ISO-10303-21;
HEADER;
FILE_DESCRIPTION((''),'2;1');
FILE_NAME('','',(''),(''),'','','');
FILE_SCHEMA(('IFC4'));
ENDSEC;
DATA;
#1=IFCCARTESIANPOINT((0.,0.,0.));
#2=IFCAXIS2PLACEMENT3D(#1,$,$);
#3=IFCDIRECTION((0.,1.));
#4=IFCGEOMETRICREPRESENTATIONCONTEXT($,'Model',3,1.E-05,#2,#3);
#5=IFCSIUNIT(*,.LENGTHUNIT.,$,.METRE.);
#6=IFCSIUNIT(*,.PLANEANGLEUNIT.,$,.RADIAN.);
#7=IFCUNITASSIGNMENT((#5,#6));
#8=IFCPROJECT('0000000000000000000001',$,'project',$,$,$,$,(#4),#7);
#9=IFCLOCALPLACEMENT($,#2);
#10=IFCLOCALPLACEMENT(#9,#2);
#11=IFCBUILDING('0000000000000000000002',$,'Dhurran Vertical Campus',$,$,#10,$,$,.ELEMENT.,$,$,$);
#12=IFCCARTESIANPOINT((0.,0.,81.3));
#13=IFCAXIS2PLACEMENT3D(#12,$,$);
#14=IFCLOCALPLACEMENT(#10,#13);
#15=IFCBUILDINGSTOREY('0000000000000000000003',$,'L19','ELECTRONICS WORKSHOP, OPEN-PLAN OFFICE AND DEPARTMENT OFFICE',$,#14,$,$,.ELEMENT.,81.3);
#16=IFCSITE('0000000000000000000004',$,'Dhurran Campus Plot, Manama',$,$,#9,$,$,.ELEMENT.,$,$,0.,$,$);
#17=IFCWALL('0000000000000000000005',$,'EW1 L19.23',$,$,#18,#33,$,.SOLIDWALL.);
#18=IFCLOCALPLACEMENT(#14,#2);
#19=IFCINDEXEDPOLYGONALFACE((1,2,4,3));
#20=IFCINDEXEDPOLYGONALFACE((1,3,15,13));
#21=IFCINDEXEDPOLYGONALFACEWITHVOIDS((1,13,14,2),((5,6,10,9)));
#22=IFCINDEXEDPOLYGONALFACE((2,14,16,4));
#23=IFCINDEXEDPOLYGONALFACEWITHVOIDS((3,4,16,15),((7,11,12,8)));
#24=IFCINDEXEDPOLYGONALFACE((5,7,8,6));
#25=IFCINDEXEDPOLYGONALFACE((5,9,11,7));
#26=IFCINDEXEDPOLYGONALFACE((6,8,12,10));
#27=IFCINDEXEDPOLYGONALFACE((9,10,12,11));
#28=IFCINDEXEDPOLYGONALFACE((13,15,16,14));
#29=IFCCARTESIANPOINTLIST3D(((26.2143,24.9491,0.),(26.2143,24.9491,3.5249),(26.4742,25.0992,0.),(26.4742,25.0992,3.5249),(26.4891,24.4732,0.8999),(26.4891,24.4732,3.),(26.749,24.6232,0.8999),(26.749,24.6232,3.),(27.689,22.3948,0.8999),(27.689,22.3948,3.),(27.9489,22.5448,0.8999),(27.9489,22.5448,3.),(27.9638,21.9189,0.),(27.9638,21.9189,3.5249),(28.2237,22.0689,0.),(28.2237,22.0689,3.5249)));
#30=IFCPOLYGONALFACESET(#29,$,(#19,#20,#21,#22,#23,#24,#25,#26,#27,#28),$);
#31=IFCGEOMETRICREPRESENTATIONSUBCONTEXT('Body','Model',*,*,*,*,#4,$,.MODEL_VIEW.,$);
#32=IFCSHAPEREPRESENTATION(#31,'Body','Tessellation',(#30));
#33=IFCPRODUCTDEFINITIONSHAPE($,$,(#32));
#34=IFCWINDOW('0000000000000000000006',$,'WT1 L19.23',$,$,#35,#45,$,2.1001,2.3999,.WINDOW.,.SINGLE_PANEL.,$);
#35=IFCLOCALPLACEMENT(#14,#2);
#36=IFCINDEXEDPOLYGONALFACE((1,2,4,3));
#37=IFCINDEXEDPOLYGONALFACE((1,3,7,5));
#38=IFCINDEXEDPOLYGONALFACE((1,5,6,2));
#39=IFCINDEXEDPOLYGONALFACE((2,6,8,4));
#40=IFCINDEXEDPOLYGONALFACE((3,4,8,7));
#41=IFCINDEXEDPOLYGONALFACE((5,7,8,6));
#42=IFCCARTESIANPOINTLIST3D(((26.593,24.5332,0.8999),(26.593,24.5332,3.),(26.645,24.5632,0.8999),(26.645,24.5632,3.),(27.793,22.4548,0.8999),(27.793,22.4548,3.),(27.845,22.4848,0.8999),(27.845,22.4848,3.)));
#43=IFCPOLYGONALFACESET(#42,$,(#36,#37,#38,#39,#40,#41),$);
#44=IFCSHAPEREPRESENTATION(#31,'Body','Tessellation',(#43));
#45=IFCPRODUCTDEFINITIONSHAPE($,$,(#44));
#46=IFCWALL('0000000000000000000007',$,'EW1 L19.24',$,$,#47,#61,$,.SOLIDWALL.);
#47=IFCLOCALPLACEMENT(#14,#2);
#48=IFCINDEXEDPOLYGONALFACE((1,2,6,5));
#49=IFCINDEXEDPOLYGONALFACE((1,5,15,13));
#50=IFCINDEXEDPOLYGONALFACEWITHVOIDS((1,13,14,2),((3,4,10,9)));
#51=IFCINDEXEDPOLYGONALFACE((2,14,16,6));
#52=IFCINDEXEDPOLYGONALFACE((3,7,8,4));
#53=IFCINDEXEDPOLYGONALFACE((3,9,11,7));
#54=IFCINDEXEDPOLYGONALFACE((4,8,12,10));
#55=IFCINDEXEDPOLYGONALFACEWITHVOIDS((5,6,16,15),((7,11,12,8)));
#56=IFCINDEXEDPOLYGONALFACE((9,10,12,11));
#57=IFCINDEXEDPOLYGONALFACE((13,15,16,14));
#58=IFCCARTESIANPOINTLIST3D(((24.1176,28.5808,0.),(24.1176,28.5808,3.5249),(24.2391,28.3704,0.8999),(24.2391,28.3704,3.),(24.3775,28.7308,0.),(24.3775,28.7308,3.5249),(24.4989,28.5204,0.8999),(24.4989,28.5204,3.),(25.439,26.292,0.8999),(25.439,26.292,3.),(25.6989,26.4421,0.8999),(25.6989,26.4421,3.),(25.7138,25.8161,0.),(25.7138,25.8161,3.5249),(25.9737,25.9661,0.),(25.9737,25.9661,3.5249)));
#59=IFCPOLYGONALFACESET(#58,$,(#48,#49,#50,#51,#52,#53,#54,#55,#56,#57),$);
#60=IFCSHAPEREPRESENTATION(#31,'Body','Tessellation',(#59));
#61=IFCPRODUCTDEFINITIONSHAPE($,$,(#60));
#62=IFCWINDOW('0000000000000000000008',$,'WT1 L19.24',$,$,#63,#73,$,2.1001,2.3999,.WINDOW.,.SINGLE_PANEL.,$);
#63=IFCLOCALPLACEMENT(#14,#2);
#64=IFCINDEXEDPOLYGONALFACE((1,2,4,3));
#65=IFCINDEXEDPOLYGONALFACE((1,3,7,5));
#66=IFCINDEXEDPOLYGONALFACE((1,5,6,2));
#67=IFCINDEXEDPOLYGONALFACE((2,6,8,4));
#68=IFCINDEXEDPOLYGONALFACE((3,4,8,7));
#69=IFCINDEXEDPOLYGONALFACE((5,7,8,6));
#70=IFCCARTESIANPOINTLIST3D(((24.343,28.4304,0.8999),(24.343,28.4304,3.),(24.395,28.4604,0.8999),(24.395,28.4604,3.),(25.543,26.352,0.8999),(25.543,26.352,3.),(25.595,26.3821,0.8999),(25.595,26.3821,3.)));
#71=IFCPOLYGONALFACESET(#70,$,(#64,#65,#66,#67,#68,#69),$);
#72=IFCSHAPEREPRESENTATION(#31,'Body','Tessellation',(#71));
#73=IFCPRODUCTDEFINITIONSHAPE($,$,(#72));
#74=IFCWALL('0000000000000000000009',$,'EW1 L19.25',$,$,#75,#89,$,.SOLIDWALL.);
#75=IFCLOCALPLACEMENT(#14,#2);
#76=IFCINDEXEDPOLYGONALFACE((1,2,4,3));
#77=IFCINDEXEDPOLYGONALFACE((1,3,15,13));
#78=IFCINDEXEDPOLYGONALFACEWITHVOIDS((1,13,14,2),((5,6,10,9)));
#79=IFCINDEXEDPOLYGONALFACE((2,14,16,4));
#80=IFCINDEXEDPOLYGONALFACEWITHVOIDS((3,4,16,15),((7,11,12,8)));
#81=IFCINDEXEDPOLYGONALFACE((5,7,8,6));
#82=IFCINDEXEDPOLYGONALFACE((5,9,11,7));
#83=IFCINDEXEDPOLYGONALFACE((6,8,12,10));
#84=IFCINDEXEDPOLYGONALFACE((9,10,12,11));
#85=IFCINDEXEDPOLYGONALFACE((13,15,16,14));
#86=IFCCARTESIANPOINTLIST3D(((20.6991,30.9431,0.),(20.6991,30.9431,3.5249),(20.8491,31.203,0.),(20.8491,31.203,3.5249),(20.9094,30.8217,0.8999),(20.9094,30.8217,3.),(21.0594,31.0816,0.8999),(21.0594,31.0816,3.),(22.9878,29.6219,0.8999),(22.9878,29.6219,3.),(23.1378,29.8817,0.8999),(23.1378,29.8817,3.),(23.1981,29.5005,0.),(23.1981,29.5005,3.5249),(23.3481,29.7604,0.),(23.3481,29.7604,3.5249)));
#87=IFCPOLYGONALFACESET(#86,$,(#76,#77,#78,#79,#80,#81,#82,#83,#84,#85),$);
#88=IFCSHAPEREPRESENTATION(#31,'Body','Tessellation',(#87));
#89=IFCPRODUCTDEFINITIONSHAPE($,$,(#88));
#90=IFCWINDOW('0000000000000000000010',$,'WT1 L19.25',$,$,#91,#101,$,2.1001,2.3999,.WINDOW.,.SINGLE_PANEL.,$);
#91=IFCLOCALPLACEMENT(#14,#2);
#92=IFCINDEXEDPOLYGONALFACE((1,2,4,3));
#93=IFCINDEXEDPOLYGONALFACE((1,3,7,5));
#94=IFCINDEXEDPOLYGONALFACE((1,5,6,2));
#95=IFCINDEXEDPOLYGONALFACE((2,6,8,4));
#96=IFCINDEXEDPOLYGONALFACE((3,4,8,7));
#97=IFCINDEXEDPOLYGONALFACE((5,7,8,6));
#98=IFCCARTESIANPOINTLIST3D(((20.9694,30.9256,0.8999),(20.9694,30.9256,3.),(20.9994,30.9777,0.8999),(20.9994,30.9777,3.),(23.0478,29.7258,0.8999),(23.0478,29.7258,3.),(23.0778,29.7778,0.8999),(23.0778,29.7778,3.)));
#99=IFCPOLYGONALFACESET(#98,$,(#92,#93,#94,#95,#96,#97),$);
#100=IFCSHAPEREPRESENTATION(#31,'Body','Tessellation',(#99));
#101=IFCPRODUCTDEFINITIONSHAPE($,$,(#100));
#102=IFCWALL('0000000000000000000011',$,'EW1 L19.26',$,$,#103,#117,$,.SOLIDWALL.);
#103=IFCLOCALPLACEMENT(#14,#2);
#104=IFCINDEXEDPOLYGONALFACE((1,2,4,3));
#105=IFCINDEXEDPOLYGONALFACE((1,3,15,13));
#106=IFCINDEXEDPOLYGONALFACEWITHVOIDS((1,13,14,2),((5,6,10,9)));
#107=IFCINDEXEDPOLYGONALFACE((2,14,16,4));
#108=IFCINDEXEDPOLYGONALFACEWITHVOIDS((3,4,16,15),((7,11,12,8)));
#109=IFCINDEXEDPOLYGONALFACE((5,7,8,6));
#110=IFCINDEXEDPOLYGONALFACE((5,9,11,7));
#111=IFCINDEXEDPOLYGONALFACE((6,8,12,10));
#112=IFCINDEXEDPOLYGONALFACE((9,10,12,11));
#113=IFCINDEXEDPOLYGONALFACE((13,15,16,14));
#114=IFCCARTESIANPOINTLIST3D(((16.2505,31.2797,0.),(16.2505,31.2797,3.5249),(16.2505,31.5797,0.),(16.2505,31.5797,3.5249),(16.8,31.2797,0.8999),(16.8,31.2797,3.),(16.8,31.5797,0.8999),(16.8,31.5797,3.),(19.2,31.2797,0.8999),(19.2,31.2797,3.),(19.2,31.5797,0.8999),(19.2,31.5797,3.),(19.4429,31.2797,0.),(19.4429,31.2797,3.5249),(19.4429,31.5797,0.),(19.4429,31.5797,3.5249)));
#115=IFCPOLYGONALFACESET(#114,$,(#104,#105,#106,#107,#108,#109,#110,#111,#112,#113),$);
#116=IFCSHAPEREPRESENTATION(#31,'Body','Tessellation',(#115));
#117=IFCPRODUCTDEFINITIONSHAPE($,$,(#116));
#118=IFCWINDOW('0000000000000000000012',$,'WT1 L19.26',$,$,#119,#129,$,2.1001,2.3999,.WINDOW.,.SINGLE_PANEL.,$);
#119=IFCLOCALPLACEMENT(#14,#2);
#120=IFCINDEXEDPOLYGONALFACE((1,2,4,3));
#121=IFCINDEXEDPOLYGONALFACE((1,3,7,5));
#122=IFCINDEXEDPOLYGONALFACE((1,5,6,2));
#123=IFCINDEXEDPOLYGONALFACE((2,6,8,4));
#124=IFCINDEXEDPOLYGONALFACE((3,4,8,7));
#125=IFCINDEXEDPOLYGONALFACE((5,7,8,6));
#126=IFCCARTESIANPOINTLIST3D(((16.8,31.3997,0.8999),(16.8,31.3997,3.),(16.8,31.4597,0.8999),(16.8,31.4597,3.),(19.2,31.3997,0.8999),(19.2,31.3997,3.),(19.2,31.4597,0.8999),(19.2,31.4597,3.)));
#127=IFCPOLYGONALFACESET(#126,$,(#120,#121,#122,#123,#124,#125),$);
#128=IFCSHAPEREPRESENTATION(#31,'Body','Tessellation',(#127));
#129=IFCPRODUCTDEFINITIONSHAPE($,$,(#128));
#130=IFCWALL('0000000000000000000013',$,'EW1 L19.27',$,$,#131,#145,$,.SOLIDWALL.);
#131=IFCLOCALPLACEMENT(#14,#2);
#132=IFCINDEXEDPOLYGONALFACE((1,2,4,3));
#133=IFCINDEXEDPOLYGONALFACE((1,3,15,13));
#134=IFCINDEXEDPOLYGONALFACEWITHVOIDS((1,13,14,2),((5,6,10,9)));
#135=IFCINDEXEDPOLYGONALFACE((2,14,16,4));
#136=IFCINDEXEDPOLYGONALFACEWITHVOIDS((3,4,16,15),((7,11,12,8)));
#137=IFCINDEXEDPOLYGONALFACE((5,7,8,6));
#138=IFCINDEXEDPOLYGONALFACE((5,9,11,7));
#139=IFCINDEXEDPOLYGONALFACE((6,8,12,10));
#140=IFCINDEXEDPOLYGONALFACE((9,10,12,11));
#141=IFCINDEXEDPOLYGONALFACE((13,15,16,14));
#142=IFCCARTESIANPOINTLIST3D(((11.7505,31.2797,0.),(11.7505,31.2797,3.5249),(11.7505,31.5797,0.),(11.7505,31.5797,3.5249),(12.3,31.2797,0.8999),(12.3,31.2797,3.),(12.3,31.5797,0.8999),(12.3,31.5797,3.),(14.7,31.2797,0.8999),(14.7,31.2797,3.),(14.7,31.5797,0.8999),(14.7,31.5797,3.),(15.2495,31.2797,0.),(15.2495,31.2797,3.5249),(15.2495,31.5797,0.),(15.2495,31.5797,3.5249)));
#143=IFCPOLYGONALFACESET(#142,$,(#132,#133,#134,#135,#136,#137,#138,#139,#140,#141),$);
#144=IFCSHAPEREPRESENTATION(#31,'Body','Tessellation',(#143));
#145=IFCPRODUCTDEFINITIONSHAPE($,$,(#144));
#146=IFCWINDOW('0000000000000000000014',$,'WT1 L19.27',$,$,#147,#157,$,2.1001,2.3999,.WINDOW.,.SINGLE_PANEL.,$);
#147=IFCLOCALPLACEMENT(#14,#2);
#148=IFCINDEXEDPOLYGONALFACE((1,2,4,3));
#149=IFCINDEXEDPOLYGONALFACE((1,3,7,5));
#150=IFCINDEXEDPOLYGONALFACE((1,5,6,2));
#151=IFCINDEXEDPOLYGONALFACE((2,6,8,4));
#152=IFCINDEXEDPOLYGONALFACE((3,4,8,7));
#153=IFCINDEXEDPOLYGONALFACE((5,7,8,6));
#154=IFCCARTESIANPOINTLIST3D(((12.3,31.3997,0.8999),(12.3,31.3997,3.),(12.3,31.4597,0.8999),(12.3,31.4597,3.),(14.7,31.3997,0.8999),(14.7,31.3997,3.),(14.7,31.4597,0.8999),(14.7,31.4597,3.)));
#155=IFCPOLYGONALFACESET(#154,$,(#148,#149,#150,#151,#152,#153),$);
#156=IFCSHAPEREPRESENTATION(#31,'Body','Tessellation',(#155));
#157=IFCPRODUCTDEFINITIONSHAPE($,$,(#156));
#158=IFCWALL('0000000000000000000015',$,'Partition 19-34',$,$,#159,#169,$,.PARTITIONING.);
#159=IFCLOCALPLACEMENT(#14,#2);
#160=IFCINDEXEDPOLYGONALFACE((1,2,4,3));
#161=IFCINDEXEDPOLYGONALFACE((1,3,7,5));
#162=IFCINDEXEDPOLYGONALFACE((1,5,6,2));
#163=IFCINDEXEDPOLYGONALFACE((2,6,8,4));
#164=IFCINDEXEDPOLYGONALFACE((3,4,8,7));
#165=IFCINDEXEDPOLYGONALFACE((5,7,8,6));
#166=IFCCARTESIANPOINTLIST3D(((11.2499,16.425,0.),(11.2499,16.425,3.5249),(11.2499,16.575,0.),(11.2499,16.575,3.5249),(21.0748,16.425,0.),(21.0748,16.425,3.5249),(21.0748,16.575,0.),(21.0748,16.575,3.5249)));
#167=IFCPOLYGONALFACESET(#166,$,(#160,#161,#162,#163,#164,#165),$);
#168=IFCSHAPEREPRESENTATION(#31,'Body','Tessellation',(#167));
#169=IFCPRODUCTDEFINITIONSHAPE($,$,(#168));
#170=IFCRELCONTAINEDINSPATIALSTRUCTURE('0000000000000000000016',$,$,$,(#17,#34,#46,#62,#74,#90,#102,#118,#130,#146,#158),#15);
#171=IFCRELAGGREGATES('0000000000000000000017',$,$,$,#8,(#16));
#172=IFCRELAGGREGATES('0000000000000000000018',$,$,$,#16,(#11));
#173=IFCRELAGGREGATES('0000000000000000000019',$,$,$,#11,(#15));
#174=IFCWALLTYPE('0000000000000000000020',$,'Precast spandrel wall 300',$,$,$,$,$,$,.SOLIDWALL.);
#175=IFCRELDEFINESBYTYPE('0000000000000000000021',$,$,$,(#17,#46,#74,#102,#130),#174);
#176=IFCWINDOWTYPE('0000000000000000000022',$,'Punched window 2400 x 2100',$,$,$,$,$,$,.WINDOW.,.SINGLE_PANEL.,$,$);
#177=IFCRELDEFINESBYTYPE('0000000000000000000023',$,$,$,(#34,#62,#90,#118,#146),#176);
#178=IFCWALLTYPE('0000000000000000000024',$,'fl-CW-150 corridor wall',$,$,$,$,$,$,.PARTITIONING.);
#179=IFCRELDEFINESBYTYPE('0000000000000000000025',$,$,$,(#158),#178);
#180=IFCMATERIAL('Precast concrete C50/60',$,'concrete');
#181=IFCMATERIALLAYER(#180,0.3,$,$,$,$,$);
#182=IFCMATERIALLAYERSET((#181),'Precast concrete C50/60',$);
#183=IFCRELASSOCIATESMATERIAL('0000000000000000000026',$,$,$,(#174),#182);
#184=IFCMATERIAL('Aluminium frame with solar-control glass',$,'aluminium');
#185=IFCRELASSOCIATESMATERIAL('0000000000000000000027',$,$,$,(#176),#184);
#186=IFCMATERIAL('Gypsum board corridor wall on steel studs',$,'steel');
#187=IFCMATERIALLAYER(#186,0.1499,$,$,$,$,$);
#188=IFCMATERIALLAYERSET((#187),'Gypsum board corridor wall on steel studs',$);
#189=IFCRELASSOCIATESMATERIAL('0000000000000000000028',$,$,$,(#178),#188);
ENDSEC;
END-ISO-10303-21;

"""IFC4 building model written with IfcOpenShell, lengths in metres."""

from ifc_helpers import new_model, si_unit, direction, frame, frame_2d, origin, place, context, subcontext, project, spatial, rectangle, extrude, material, layer, layer_set, type_object, element, fill, save


model = new_model("IFC4")

# Units and contexts
model_context = context("Model", 3, precision=1e-05, world=origin(), true_north=direction((0.0, 1.0)))
body_context = subcontext(model_context, "Body", "Model", "MODEL_VIEW")
ifc_project = project(units=[si_unit("LENGTHUNIT", "METRE"), si_unit("PLANEANGLEUNIT", "RADIAN")], contexts=[model_context])

# Site, building, storey
site_placement = place(None, origin())
site = spatial("IfcSite", under=ifc_project, at=site_placement, Name="Dhurran Campus Plot, Manama", CompositionType="ELEMENT", RefElevation=0.0)
building_placement = place(site_placement, origin())
building = spatial("IfcBuilding", under=site, at=building_placement, Name="Dhurran Vertical Campus", CompositionType="ELEMENT")
storey_placement = place(building_placement, frame((0.0, 0.0, 81.3)))
storey = spatial("IfcBuildingStorey", under=building, at=storey_placement, Name="L19", Description="ELECTRONICS WORKSHOP, OPEN-PLAN OFFICE AND DEPARTMENT OFFICE", CompositionType="ELEMENT", Elevation=81.3)

# Walls, openings, windows
ifc_material_1 = material(Name="Precast concrete C50/60", Category="concrete")
ifc_layer_1 = layer(ifc_material_1, 0.3)
ifc_layer_set_1 = layer_set([ifc_layer_1], Name="Precast concrete C50/60")
wall_type_1 = type_object("IfcWallType", Name="Precast spandrel wall 300", PredefinedType="SOLIDWALL", material=ifc_layer_set_1)
ifc_material_2 = material(Name="Aluminium frame with solar-control glass", Category="aluminium")
window_type = type_object("IfcWindowType", Name="Punched window 2400 x 2100", PartitioningType="SINGLE_PANEL", PredefinedType="WINDOW", material=ifc_material_2)
wall_1_placement = place(storey_placement, frame((28.0938, 21.9939, 0.0), z_axis=(0.0, 0.0, 1.0), x_axis=(-0.499996, 0.866028, 0.0)))
wall_1 = element("IfcWall", 1, at=wall_1_placement, inside=storey, type_object=wall_type_1, Name="EW1 L19.23", PredefinedType="SOLIDWALL", context=body_context, shape_type="SweptSolid", body=[
    extrude(rectangle(XDim=3.499, YDim=0.3, at=frame_2d((1.7495, 0.0))), origin(), (0.0, 0.0, 1.0), 3.5249),
])
opening_1_placement = place(wall_1_placement, frame((0.5496, 0.0, 0.8999)))
opening_1 = element("IfcOpeningElement", 2, at=opening_1_placement, cuts=wall_1, PredefinedType="OPENING", context=body_context, shape_type="SweptSolid", body=[
    extrude(rectangle(XDim=2.3999, YDim=2.1001, at=frame_2d((1.2, 1.05))), frame((0.0, 0.1599, 0.0), z_axis=(0.0, -1.0, 0.0), x_axis=(1.0, 0.0, 0.0)), (0.0, 0.0, 1.0), 0.3201),
])
window_1_placement = place(opening_1_placement, origin())
window_1 = element("IfcWindow", 3, at=window_1_placement, inside=storey, type_object=window_type, Name="WT1 L19.23", OverallHeight=2.1001, OverallWidth=2.3999, PartitioningType="SINGLE_PANEL", PredefinedType="WINDOW", context=body_context, shape_type="SweptSolid", body=[
    extrude(rectangle(XDim=2.3999, YDim=2.1001, at=frame_2d((1.2, 1.05))), frame((0.0, 0.03, 0.0), z_axis=(0.0, -1.0, 0.0), x_axis=(1.0, 0.0, 0.0)), (0.0, 0.0, 1.0), 0.0601),
])
fill(opening_1, window_1)
wall_2_placement = place(storey_placement, frame((25.8438, 25.8911, 0.0), z_axis=(0.0, 0.0, 1.0), x_axis=(-0.500005, 0.866023, 0.0)))
wall_2 = element("IfcWall", 4, at=wall_2_placement, inside=storey, type_object=wall_type_1, Name="EW1 L19.24", PredefinedType="SOLIDWALL", context=body_context, shape_type="SweptSolid", body=[
    extrude(rectangle(XDim=3.1924, YDim=0.3, at=frame_2d((1.5962, 0.0))), origin(), (0.0, 0.0, 1.0), 3.5249),
])
opening_2_placement = place(wall_2_placement, frame((0.5496, 0.0, 0.8999)))
opening_2 = element("IfcOpeningElement", 5, at=opening_2_placement, cuts=wall_2, PredefinedType="OPENING", context=body_context, shape_type="SweptSolid", body=[
    extrude(rectangle(XDim=2.3999, YDim=2.1001, at=frame_2d((1.2, 1.05))), frame((0.0, 0.1599, 0.0), z_axis=(0.0, -1.0, 0.0), x_axis=(1.0, 0.0, 0.0)), (0.0, 0.0, 1.0), 0.3201),
])
window_2_placement = place(opening_2_placement, origin())
window_2 = element("IfcWindow", 6, at=window_2_placement, inside=storey, type_object=window_type, Name="WT1 L19.24", OverallHeight=2.1001, OverallWidth=2.3999, PartitioningType="SINGLE_PANEL", PredefinedType="WINDOW", context=body_context, shape_type="SweptSolid", body=[
    extrude(rectangle(XDim=2.3999, YDim=2.1001, at=frame_2d((1.2, 1.05))), frame((0.0, 0.03, 0.0), z_axis=(0.0, -1.0, 0.0), x_axis=(1.0, 0.0, 0.0)), (0.0, 0.0, 1.0), 0.0601),
])
fill(opening_2, window_2)
wall_3_placement = place(storey_placement, frame((23.2732, 29.6304, 0.0), z_axis=(0.0, 0.0, 1.0), x_axis=(-0.866053, 0.499952, 0.0)))
wall_3 = element("IfcWall", 7, at=wall_3_placement, inside=storey, type_object=wall_type_1, Name="EW1 L19.25", PredefinedType="SOLIDWALL", context=body_context, shape_type="SweptSolid", body=[
    extrude(rectangle(XDim=2.8855, YDim=0.3, at=frame_2d((1.4429, 0.0))), origin(), (0.0, 0.0, 1.0), 3.5249),
])
opening_3_placement = place(wall_3_placement, frame((0.2429, 0.0, 0.8999)))
opening_3 = element("IfcOpeningElement", 8, at=opening_3_placement, cuts=wall_3, PredefinedType="OPENING", context=body_context, shape_type="SweptSolid", body=[
    extrude(rectangle(XDim=2.3999, YDim=2.1001, at=frame_2d((1.2, 1.05))), frame((0.0, 0.1599, 0.0), z_axis=(0.0, -1.0, 0.0), x_axis=(1.0, 0.0, 0.0)), (0.0, 0.0, 1.0), 0.3201),
])
window_3_placement = place(opening_3_placement, origin())
window_3 = element("IfcWindow", 9, at=window_3_placement, inside=storey, type_object=window_type, Name="WT1 L19.25", OverallHeight=2.1001, OverallWidth=2.3999, PartitioningType="SINGLE_PANEL", PredefinedType="WINDOW", context=body_context, shape_type="SweptSolid", body=[
    extrude(rectangle(XDim=2.3999, YDim=2.1001, at=frame_2d((1.2, 1.05))), frame((0.0, 0.03, 0.0), z_axis=(0.0, -1.0, 0.0), x_axis=(1.0, 0.0, 0.0)), (0.0, 0.0, 1.0), 0.0601),
])
fill(opening_3, window_3)
wall_4_placement = place(storey_placement, frame((19.4429, 31.4297, 0.0), z_axis=(0.0, 0.0, 1.0), x_axis=(-1.0, 0.0, 0.0)))
wall_4 = element("IfcWall", 10, at=wall_4_placement, inside=storey, type_object=wall_type_1, Name="EW1 L19.26", PredefinedType="SOLIDWALL", context=body_context, shape_type="SweptSolid", body=[
    extrude(rectangle(XDim=3.1924, YDim=0.3, at=frame_2d((1.5962, 0.0))), origin(), (0.0, 0.0, 1.0), 3.5249),
])
opening_4_placement = place(wall_4_placement, frame((0.2429, 0.0, 0.8999)))
opening_4 = element("IfcOpeningElement", 11, at=opening_4_placement, cuts=wall_4, PredefinedType="OPENING", context=body_context, shape_type="SweptSolid", body=[
    extrude(rectangle(XDim=2.3999, YDim=2.1001, at=frame_2d((1.2, 1.05))), frame((0.0, 0.1599, 0.0), z_axis=(0.0, -1.0, 0.0), x_axis=(1.0, 0.0, 0.0)), (0.0, 0.0, 1.0), 0.3201),
])
window_4_placement = place(opening_4_placement, origin())
window_4 = element("IfcWindow", 12, at=window_4_placement, inside=storey, type_object=window_type, Name="WT1 L19.26", OverallHeight=2.1001, OverallWidth=2.3999, PartitioningType="SINGLE_PANEL", PredefinedType="WINDOW", context=body_context, shape_type="SweptSolid", body=[
    extrude(rectangle(XDim=2.3999, YDim=2.1001, at=frame_2d((1.2, 1.05))), frame((0.0, 0.03, 0.0), z_axis=(0.0, -1.0, 0.0), x_axis=(1.0, 0.0, 0.0)), (0.0, 0.0, 1.0), 0.0601),
])
fill(opening_4, window_4)
wall_5_placement = place(storey_placement, frame((15.2495, 31.4297, 0.0), z_axis=(0.0, 0.0, 1.0), x_axis=(-1.0, 0.0, 0.0)))
wall_5 = element("IfcWall", 13, at=wall_5_placement, inside=storey, type_object=wall_type_1, Name="EW1 L19.27", PredefinedType="SOLIDWALL", context=body_context, shape_type="SweptSolid", body=[
    extrude(rectangle(XDim=3.499, YDim=0.3, at=frame_2d((1.7495, 0.0))), origin(), (0.0, 0.0, 1.0), 3.5249),
])
opening_5_placement = place(wall_5_placement, frame((0.5496, 0.0, 0.8999)))
opening_5 = element("IfcOpeningElement", 14, at=opening_5_placement, cuts=wall_5, PredefinedType="OPENING", context=body_context, shape_type="SweptSolid", body=[
    extrude(rectangle(XDim=2.3999, YDim=2.1001, at=frame_2d((1.2, 1.05))), frame((0.0, 0.1599, 0.0), z_axis=(0.0, -1.0, 0.0), x_axis=(1.0, 0.0, 0.0)), (0.0, 0.0, 1.0), 0.3201),
])
window_5_placement = place(opening_5_placement, origin())
window_5 = element("IfcWindow", 15, at=window_5_placement, inside=storey, type_object=window_type, Name="WT1 L19.27", OverallHeight=2.1001, OverallWidth=2.3999, PartitioningType="SINGLE_PANEL", PredefinedType="WINDOW", context=body_context, shape_type="SweptSolid", body=[
    extrude(rectangle(XDim=2.3999, YDim=2.1001, at=frame_2d((1.2, 1.05))), frame((0.0, 0.03, 0.0), z_axis=(0.0, -1.0, 0.0), x_axis=(1.0, 0.0, 0.0)), (0.0, 0.0, 1.0), 0.0601),
])
fill(opening_5, window_5)

# Wall
ifc_material_3 = material(Name="Gypsum board corridor wall on steel studs", Category="steel")
ifc_layer_2 = layer(ifc_material_3, 0.1499)
ifc_layer_set_2 = layer_set([ifc_layer_2], Name="Gypsum board corridor wall on steel studs")
wall_type_2 = type_object("IfcWallType", Name="fl-CW-150 corridor wall", PredefinedType="PARTITIONING", material=ifc_layer_set_2)
wall_6_placement = place(storey_placement, frame((21.075, 16.5, 0.0), z_axis=(0.0, 0.0, 1.0), x_axis=(-1.0, 0.0, 0.0)))
element("IfcWall", 16, at=wall_6_placement, inside=storey, type_object=wall_type_2, Name="Partition 19-34", PredefinedType="PARTITIONING", context=body_context, shape_type="SweptSolid", body=[
    extrude(rectangle(XDim=9.825, YDim=0.1499, at=frame_2d((4.9126, 0.0))), origin(), (0.0, 0.0, 1.0), 3.5249),
])

save(model, "model.ifc")
